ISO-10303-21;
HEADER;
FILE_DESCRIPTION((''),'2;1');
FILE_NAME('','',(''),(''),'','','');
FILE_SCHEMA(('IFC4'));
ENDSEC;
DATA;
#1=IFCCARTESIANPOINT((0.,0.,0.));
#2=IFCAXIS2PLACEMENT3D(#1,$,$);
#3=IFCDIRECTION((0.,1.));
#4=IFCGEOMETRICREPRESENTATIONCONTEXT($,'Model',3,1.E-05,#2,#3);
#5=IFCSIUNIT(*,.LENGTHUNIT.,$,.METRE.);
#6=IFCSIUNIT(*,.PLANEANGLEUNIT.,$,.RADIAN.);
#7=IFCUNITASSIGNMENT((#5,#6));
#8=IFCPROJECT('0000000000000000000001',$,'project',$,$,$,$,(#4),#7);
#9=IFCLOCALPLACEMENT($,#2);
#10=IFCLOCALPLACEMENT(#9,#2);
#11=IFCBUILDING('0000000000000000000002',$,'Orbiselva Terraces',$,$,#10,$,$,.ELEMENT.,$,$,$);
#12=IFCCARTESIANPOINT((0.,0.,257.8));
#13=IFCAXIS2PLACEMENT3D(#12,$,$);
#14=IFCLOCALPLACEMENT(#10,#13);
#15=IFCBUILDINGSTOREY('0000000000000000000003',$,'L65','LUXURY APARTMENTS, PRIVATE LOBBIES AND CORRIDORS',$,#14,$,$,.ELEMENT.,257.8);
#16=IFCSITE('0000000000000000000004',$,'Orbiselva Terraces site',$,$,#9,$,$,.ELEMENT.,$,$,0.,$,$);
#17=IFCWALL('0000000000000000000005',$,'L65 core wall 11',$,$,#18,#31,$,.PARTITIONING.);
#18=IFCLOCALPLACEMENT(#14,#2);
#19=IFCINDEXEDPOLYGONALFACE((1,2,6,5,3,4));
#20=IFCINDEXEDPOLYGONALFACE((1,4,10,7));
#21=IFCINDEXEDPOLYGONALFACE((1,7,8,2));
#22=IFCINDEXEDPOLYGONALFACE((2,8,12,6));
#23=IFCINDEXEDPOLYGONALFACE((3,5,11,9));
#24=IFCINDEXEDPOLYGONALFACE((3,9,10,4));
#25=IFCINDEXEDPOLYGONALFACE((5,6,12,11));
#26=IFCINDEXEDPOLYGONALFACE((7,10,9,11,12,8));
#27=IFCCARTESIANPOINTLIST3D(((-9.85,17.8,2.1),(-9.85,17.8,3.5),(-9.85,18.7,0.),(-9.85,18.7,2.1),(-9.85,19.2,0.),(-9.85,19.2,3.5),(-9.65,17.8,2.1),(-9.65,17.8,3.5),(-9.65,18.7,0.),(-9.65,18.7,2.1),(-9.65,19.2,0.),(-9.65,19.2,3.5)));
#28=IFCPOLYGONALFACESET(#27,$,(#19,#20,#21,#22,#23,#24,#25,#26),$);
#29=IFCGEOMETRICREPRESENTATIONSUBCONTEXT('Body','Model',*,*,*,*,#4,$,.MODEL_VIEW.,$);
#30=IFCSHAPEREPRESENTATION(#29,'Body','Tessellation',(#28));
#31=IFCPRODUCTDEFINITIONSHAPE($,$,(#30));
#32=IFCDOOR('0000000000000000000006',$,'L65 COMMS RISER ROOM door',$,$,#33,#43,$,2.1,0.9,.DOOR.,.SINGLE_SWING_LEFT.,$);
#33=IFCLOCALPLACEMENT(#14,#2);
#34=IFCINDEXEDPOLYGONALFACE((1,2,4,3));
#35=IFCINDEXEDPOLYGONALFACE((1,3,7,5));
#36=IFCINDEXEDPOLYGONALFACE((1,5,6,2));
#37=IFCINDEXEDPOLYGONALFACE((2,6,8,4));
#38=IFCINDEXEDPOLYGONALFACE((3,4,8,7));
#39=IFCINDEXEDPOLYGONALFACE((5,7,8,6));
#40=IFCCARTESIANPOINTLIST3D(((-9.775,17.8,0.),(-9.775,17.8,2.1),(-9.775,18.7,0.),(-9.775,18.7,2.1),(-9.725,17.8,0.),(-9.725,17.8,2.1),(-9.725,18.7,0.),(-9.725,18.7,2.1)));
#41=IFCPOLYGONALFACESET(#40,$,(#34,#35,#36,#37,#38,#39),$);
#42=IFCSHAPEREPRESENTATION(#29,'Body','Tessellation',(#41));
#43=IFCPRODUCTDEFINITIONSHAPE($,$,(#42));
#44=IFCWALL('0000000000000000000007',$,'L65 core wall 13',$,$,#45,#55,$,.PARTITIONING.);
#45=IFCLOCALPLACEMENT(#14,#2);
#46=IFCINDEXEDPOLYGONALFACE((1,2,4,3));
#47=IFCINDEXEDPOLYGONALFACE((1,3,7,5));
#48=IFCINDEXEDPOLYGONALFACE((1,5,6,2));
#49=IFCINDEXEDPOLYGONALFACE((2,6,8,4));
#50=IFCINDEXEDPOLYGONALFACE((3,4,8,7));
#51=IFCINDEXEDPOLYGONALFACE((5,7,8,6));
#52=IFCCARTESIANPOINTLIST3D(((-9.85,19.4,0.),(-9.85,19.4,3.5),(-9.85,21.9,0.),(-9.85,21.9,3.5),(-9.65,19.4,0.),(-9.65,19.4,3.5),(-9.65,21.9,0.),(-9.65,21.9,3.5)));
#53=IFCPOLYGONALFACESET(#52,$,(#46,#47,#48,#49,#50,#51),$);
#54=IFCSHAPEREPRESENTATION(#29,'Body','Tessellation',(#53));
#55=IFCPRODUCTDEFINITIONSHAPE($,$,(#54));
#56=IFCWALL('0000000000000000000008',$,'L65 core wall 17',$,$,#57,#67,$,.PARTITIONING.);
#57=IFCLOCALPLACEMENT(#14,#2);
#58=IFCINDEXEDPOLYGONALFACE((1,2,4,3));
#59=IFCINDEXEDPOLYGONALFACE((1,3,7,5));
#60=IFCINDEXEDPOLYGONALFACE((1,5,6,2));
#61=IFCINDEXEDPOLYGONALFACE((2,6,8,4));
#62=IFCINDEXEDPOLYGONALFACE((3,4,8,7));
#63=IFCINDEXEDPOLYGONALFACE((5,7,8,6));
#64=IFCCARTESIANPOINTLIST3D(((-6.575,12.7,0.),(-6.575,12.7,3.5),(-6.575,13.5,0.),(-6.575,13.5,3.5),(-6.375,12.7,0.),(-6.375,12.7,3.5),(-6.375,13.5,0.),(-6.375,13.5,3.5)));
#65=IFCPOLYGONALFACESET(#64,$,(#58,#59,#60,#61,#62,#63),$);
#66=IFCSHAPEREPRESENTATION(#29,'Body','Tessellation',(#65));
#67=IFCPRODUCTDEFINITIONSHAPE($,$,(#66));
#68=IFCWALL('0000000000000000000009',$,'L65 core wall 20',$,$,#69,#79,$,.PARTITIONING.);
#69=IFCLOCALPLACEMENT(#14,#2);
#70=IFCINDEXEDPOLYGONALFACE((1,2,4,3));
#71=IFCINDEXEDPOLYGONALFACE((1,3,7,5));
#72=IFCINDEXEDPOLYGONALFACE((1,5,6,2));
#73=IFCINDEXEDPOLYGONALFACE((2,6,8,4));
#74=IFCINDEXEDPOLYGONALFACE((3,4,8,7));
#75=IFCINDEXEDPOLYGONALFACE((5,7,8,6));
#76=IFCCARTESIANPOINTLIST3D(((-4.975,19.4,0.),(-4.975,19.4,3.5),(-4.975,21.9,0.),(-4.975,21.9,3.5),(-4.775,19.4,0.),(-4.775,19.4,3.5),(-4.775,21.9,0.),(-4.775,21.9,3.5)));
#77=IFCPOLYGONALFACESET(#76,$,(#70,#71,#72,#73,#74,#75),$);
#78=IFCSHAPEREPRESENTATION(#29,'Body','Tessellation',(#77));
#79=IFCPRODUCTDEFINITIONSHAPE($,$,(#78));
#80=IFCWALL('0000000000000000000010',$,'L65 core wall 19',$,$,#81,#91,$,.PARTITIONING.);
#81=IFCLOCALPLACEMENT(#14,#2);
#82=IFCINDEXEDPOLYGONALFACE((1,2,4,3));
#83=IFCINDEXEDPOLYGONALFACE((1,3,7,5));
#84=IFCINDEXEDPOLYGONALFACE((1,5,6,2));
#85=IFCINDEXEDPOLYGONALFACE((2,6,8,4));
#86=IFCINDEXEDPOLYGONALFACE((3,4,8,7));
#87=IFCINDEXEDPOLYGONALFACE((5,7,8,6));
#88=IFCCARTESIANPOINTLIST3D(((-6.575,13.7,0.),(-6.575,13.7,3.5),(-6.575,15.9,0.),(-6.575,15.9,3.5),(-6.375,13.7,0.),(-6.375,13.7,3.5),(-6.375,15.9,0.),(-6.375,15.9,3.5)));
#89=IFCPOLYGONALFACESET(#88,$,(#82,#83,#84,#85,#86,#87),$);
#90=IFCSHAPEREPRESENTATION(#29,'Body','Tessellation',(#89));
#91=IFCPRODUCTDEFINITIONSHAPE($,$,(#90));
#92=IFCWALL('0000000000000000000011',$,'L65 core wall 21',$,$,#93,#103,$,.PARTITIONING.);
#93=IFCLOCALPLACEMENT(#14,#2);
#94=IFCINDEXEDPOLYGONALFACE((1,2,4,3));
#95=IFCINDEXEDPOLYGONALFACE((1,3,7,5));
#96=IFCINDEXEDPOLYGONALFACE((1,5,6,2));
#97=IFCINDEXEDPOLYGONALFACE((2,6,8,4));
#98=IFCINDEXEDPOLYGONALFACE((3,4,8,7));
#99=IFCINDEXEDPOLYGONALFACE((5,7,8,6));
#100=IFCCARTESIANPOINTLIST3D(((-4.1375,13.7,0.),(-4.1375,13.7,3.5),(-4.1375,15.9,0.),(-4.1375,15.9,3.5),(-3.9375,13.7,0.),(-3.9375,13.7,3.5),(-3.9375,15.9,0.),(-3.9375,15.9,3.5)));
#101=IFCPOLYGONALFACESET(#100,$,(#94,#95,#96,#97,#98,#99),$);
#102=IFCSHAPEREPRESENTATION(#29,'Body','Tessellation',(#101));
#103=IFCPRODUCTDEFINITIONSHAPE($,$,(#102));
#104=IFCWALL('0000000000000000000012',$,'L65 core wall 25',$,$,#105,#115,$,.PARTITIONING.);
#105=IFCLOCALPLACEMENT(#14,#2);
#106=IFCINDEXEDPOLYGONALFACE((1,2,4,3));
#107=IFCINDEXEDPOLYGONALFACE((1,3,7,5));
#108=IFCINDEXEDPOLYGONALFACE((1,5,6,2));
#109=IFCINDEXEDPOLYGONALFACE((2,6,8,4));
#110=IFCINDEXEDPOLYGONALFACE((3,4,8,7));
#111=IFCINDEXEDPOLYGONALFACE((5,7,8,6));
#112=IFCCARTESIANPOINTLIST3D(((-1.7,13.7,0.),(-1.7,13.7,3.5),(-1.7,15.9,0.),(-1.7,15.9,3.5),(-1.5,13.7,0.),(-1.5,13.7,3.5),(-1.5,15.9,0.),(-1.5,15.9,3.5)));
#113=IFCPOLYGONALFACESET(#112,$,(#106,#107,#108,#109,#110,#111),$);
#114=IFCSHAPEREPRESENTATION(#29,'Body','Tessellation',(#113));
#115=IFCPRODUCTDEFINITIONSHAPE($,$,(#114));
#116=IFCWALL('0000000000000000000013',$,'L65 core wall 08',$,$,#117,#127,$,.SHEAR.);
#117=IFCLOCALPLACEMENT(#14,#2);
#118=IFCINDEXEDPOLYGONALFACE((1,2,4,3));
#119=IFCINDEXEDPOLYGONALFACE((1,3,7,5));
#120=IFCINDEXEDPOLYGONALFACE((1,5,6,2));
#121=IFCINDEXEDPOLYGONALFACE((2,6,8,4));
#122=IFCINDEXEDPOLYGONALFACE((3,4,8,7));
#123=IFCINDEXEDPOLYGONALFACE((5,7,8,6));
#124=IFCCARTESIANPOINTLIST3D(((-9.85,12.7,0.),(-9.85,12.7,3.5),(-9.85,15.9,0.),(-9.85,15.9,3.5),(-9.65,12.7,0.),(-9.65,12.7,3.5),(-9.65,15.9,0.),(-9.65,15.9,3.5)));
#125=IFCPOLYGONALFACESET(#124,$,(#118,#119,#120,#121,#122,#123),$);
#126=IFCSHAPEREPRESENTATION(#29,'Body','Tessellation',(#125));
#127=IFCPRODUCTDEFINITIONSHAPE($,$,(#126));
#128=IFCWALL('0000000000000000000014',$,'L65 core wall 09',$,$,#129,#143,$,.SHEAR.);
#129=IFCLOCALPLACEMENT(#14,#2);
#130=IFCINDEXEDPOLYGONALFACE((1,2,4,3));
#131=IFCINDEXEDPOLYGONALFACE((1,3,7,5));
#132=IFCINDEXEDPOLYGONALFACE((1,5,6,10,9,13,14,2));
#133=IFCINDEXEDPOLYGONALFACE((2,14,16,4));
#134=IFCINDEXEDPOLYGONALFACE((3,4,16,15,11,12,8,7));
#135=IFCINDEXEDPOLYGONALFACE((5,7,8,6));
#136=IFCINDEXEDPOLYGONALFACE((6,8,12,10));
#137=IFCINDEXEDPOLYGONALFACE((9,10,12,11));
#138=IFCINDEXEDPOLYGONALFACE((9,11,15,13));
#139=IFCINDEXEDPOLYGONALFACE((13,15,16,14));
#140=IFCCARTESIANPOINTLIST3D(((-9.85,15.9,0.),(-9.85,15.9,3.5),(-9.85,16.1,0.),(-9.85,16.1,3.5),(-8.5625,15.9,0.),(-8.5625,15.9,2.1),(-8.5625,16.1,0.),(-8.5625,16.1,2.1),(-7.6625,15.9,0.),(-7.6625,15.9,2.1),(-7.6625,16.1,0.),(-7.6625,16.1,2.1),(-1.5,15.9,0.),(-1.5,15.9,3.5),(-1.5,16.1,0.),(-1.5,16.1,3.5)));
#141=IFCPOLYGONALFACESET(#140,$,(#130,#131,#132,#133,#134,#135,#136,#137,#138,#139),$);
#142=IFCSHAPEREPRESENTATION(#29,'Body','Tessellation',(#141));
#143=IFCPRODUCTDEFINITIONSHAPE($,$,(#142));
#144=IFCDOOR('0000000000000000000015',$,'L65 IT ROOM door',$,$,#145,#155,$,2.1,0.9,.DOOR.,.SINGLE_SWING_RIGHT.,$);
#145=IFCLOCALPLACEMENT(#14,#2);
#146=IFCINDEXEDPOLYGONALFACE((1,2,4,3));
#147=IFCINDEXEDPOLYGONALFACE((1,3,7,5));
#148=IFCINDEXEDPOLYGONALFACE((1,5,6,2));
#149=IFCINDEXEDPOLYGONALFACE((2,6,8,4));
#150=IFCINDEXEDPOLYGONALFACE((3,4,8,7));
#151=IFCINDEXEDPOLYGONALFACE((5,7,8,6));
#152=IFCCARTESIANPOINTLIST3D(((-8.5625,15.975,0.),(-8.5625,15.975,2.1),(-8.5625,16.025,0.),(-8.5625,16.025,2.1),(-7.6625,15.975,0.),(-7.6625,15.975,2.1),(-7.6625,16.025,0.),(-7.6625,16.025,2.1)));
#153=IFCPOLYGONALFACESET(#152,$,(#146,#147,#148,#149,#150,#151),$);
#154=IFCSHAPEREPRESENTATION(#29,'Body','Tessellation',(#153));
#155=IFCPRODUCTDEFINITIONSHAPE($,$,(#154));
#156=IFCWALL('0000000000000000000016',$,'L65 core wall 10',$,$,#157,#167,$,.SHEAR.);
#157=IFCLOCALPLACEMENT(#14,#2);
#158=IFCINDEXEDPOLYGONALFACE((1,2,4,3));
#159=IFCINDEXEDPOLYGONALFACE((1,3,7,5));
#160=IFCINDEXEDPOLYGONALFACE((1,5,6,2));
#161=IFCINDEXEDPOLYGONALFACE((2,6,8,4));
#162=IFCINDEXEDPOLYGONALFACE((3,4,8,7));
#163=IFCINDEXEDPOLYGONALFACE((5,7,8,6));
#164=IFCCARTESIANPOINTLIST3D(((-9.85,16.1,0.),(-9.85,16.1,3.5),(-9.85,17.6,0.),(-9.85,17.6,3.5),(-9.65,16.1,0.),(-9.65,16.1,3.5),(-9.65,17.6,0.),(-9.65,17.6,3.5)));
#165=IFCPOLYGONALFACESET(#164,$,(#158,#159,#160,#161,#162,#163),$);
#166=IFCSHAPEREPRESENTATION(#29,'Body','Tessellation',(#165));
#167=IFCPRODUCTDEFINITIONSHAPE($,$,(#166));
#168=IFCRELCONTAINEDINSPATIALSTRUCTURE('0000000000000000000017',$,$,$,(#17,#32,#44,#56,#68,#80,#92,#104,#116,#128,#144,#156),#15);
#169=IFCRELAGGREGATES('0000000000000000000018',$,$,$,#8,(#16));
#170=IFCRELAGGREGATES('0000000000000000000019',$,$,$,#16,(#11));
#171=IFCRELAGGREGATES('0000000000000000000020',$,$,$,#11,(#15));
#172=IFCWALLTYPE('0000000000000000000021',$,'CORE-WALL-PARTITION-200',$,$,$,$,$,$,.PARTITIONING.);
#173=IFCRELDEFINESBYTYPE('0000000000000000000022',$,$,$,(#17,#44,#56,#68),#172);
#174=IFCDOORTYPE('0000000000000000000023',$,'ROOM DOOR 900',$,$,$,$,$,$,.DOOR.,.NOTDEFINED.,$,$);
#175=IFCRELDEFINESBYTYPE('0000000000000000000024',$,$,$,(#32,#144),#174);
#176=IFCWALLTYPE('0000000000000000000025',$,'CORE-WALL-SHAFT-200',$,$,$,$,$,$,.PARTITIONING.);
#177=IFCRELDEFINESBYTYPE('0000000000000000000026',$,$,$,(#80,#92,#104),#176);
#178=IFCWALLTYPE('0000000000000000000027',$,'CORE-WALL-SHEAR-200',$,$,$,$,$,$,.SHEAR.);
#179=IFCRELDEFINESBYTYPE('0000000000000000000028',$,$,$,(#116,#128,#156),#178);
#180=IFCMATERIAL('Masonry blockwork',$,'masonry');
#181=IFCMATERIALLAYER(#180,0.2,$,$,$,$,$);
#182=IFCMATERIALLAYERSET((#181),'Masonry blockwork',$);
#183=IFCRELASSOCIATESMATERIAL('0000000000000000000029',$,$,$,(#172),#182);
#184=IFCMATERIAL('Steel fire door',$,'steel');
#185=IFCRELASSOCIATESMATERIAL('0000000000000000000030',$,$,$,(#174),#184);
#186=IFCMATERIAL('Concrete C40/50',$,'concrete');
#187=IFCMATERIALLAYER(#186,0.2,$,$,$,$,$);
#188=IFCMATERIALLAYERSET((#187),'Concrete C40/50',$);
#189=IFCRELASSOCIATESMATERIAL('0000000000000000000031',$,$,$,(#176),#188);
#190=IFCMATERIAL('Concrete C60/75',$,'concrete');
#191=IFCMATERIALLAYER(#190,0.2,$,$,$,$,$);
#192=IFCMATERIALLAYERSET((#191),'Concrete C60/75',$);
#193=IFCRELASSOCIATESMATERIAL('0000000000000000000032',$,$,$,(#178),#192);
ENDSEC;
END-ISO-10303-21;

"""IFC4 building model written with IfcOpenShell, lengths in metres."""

from ifc_helpers import new_model, si_unit, direction, frame, frame_2d, origin, place, context, subcontext, project, spatial, rectangle, extrude, material, layer, layer_set, type_object, element, fill, save


model = new_model("IFC4")

# Units and contexts
model_context = context("Model", 3, precision=1e-05, world=origin(), true_north=direction((0.0, 1.0)))
body_context = subcontext(model_context, "Body", "Model", "MODEL_VIEW")
ifc_project = project(units=[si_unit("LENGTHUNIT", "METRE"), si_unit("PLANEANGLEUNIT", "RADIAN")], contexts=[model_context])

# Site, building, storey
site_placement = place(None, origin())
site = spatial("IfcSite", under=ifc_project, at=site_placement, Name="Orbiselva Terraces site", CompositionType="ELEMENT", RefElevation=0.0)
building_placement = place(site_placement, origin())
building = spatial("IfcBuilding", under=site, at=building_placement, Name="Orbiselva Terraces", CompositionType="ELEMENT")
storey_placement = place(building_placement, frame((0.0, 0.0, 257.8)))
storey = spatial("IfcBuildingStorey", under=building, at=storey_placement, Name="L65", Description="LUXURY APARTMENTS, PRIVATE LOBBIES AND CORRIDORS", CompositionType="ELEMENT", Elevation=257.8)

# Wall, opening, door
ifc_material_1 = material(Name="Masonry blockwork", Category="masonry")
ifc_layer_1 = layer(ifc_material_1, 0.2)
ifc_layer_set_1 = layer_set([ifc_layer_1], Name="Masonry blockwork")
wall_type_1 = type_object("IfcWallType", Name="CORE-WALL-PARTITION-200", PredefinedType="PARTITIONING", material=ifc_layer_set_1)
wall_1_placement = place(storey_placement, frame((-9.75, 17.8, 0.0), z_axis=(0.0, 0.0, 1.0), x_axis=(0.0, 1.0, 0.0)))
wall_1 = element("IfcWall", 1, at=wall_1_placement, inside=storey, type_object=wall_type_1, Name="L65 core wall 11", PredefinedType="PARTITIONING", context=body_context, shape_type="SweptSolid", body=[
    extrude(rectangle(XDim=1.4, YDim=0.2, at=frame_2d((0.7, 0.0))), origin(), (0.0, 0.0, 1.0), 3.5),
])
opening_1_placement = place(wall_1_placement, origin())
opening_1 = element("IfcOpeningElement", 2, at=opening_1_placement, cuts=wall_1, PredefinedType="OPENING", context=body_context, shape_type="SweptSolid", body=[
    extrude(rectangle(XDim=0.9, YDim=2.1, at=frame_2d((0.45, 1.05))), frame((0.0, 0.11, 0.0), z_axis=(0.0, -1.0, 0.0), x_axis=(1.0, 0.0, 0.0)), (0.0, 0.0, 1.0), 0.22),
])
ifc_material_2 = material(Name="Steel fire door", Category="steel")
door_type_1 = type_object("IfcDoorType", Name="ROOM DOOR 900", OperationType="NOTDEFINED", PredefinedType="DOOR", material=ifc_material_2)
door_1_placement = place(opening_1_placement, origin())
door_1 = element("IfcDoor", 3, at=door_1_placement, inside=storey, type_object=door_type_1, Name="L65 COMMS RISER ROOM door", OperationType="SINGLE_SWING_LEFT", OverallHeight=2.1, OverallWidth=0.9, PredefinedType="DOOR", context=body_context, shape_type="SweptSolid", body=[
    extrude(rectangle(XDim=0.9, YDim=2.1, at=frame_2d((0.45, 1.05))), frame((0.0, 0.025, 0.0), z_axis=(0.0, -1.0, 0.0), x_axis=(1.0, 0.0, 0.0)), (0.0, 0.0, 1.0), 0.05),
])
fill(opening_1, door_1)

# Walls
wall_2_placement = place(storey_placement, frame((-9.75, 19.4, 0.0), z_axis=(0.0, 0.0, 1.0), x_axis=(0.0, 1.0, 0.0)))
element("IfcWall", 4, at=wall_2_placement, inside=storey, type_object=wall_type_1, Name="L65 core wall 13", PredefinedType="PARTITIONING", context=body_context, shape_type="SweptSolid", body=[
    extrude(rectangle(XDim=2.5, YDim=0.2, at=frame_2d((1.25, 0.0))), origin(), (0.0, 0.0, 1.0), 3.5),
])
wall_3_placement = place(storey_placement, frame((-6.475, 12.7, 0.0), z_axis=(0.0, 0.0, 1.0), x_axis=(0.0, 1.0, 0.0)))
element("IfcWall", 5, at=wall_3_placement, inside=storey, type_object=wall_type_1, Name="L65 core wall 17", PredefinedType="PARTITIONING", context=body_context, shape_type="SweptSolid", body=[
    extrude(rectangle(XDim=0.8, YDim=0.2, at=frame_2d((0.4, 0.0))), origin(), (0.0, 0.0, 1.0), 3.5),
])
wall_4_placement = place(storey_placement, frame((-4.875, 19.4, 0.0), z_axis=(0.0, 0.0, 1.0), x_axis=(0.0, 1.0, 0.0)))
element("IfcWall", 6, at=wall_4_placement, inside=storey, type_object=wall_type_1, Name="L65 core wall 20", PredefinedType="PARTITIONING", context=body_context, shape_type="SweptSolid", body=[
    extrude(rectangle(XDim=2.5, YDim=0.2, at=frame_2d((1.25, 0.0))), origin(), (0.0, 0.0, 1.0), 3.5),
])
ifc_material_3 = material(Name="Concrete C40/50", Category="concrete")
ifc_layer_2 = layer(ifc_material_3, 0.2)
ifc_layer_set_2 = layer_set([ifc_layer_2], Name="Concrete C40/50")
wall_type_2 = type_object("IfcWallType", Name="CORE-WALL-SHAFT-200", PredefinedType="PARTITIONING", material=ifc_layer_set_2)
for number, where, z_axis, x_axis, name in (
    (7, (-6.475, 13.7, 0.0), (0.0, 0.0, 1.0), (0.0, 1.0, 0.0), "L65 core wall 19"),
    (8, (-4.0375, 13.7, 0.0), (0.0, 0.0, 1.0), (0.0, 1.0, 0.0), "L65 core wall 21"),
    (9, (-1.6, 13.7, 0.0), (0.0, 0.0, 1.0), (0.0, 1.0, 0.0), "L65 core wall 25"),
):
    element("IfcWall", number, at=place(storey_placement, frame(where, z_axis=z_axis, x_axis=x_axis)), inside=storey, type_object=wall_type_2, Name=name, PredefinedType="PARTITIONING", context=body_context, shape_type="SweptSolid", body=[
        extrude(rectangle(XDim=2.2, YDim=0.2, at=frame_2d((1.1, 0.0))), origin(), (0.0, 0.0, 1.0), 3.5),
    ])
ifc_material_4 = material(Name="Concrete C60/75", Category="concrete")
ifc_layer_3 = layer(ifc_material_4, 0.2)
ifc_layer_set_3 = layer_set([ifc_layer_3], Name="Concrete C60/75")
wall_type_3 = type_object("IfcWallType", Name="CORE-WALL-SHEAR-200", PredefinedType="SHEAR", material=ifc_layer_set_3)
wall_5_placement = place(storey_placement, frame((-9.75, 12.7, 0.0), z_axis=(0.0, 0.0, 1.0), x_axis=(0.0, 1.0, 0.0)))
element("IfcWall", 10, at=wall_5_placement, inside=storey, type_object=wall_type_3, Name="L65 core wall 08", PredefinedType="SHEAR", context=body_context, shape_type="SweptSolid", body=[
    extrude(rectangle(XDim=3.2, YDim=0.2, at=frame_2d((1.6, 0.0))), origin(), (0.0, 0.0, 1.0), 3.5),
])

# Wall, opening, door
wall_6_placement = place(storey_placement, frame((-1.5, 16.0, 0.0), z_axis=(0.0, 0.0, 1.0), x_axis=(-1.0, 0.0, 0.0)))
wall_6 = element("IfcWall", 11, at=wall_6_placement, inside=storey, type_object=wall_type_3, Name="L65 core wall 09", PredefinedType="SHEAR", context=body_context, shape_type="SweptSolid", body=[
    extrude(rectangle(XDim=8.35, YDim=0.2, at=frame_2d((4.175, 0.0))), origin(), (0.0, 0.0, 1.0), 3.5),
])
opening_2_placement = place(wall_6_placement, frame((6.1625, 0.0, 0.0)))
opening_2 = element("IfcOpeningElement", 12, at=opening_2_placement, cuts=wall_6, PredefinedType="OPENING", context=body_context, shape_type="SweptSolid", body=[
    extrude(rectangle(XDim=0.9, YDim=2.1, at=frame_2d((0.45, 1.05))), frame((0.0, 0.11, 0.0), z_axis=(0.0, -1.0, 0.0), x_axis=(1.0, 0.0, 0.0)), (0.0, 0.0, 1.0), 0.22),
])
door_2_placement = place(opening_2_placement, origin())
door_2 = element("IfcDoor", 13, at=door_2_placement, inside=storey, type_object=door_type_1, Name="L65 IT ROOM door", OperationType="SINGLE_SWING_RIGHT", OverallHeight=2.1, OverallWidth=0.9, PredefinedType="DOOR", context=body_context, shape_type="SweptSolid", body=[
    extrude(rectangle(XDim=0.9, YDim=2.1, at=frame_2d((0.45, 1.05))), frame((0.0, 0.025, 0.0), z_axis=(0.0, -1.0, 0.0), x_axis=(1.0, 0.0, 0.0)), (0.0, 0.0, 1.0), 0.05),
])
fill(opening_2, door_2)

# Wall
wall_7_placement = place(storey_placement, frame((-9.75, 16.1, 0.0), z_axis=(0.0, 0.0, 1.0), x_axis=(0.0, 1.0, 0.0)))
element("IfcWall", 14, at=wall_7_placement, inside=storey, type_object=wall_type_3, Name="L65 core wall 10", PredefinedType="SHEAR", context=body_context, shape_type="SweptSolid", body=[
    extrude(rectangle(XDim=1.5, YDim=0.2, at=frame_2d((0.75, 0.0))), origin(), (0.0, 0.0, 1.0), 3.5),
])

save(model, "model.ifc")
